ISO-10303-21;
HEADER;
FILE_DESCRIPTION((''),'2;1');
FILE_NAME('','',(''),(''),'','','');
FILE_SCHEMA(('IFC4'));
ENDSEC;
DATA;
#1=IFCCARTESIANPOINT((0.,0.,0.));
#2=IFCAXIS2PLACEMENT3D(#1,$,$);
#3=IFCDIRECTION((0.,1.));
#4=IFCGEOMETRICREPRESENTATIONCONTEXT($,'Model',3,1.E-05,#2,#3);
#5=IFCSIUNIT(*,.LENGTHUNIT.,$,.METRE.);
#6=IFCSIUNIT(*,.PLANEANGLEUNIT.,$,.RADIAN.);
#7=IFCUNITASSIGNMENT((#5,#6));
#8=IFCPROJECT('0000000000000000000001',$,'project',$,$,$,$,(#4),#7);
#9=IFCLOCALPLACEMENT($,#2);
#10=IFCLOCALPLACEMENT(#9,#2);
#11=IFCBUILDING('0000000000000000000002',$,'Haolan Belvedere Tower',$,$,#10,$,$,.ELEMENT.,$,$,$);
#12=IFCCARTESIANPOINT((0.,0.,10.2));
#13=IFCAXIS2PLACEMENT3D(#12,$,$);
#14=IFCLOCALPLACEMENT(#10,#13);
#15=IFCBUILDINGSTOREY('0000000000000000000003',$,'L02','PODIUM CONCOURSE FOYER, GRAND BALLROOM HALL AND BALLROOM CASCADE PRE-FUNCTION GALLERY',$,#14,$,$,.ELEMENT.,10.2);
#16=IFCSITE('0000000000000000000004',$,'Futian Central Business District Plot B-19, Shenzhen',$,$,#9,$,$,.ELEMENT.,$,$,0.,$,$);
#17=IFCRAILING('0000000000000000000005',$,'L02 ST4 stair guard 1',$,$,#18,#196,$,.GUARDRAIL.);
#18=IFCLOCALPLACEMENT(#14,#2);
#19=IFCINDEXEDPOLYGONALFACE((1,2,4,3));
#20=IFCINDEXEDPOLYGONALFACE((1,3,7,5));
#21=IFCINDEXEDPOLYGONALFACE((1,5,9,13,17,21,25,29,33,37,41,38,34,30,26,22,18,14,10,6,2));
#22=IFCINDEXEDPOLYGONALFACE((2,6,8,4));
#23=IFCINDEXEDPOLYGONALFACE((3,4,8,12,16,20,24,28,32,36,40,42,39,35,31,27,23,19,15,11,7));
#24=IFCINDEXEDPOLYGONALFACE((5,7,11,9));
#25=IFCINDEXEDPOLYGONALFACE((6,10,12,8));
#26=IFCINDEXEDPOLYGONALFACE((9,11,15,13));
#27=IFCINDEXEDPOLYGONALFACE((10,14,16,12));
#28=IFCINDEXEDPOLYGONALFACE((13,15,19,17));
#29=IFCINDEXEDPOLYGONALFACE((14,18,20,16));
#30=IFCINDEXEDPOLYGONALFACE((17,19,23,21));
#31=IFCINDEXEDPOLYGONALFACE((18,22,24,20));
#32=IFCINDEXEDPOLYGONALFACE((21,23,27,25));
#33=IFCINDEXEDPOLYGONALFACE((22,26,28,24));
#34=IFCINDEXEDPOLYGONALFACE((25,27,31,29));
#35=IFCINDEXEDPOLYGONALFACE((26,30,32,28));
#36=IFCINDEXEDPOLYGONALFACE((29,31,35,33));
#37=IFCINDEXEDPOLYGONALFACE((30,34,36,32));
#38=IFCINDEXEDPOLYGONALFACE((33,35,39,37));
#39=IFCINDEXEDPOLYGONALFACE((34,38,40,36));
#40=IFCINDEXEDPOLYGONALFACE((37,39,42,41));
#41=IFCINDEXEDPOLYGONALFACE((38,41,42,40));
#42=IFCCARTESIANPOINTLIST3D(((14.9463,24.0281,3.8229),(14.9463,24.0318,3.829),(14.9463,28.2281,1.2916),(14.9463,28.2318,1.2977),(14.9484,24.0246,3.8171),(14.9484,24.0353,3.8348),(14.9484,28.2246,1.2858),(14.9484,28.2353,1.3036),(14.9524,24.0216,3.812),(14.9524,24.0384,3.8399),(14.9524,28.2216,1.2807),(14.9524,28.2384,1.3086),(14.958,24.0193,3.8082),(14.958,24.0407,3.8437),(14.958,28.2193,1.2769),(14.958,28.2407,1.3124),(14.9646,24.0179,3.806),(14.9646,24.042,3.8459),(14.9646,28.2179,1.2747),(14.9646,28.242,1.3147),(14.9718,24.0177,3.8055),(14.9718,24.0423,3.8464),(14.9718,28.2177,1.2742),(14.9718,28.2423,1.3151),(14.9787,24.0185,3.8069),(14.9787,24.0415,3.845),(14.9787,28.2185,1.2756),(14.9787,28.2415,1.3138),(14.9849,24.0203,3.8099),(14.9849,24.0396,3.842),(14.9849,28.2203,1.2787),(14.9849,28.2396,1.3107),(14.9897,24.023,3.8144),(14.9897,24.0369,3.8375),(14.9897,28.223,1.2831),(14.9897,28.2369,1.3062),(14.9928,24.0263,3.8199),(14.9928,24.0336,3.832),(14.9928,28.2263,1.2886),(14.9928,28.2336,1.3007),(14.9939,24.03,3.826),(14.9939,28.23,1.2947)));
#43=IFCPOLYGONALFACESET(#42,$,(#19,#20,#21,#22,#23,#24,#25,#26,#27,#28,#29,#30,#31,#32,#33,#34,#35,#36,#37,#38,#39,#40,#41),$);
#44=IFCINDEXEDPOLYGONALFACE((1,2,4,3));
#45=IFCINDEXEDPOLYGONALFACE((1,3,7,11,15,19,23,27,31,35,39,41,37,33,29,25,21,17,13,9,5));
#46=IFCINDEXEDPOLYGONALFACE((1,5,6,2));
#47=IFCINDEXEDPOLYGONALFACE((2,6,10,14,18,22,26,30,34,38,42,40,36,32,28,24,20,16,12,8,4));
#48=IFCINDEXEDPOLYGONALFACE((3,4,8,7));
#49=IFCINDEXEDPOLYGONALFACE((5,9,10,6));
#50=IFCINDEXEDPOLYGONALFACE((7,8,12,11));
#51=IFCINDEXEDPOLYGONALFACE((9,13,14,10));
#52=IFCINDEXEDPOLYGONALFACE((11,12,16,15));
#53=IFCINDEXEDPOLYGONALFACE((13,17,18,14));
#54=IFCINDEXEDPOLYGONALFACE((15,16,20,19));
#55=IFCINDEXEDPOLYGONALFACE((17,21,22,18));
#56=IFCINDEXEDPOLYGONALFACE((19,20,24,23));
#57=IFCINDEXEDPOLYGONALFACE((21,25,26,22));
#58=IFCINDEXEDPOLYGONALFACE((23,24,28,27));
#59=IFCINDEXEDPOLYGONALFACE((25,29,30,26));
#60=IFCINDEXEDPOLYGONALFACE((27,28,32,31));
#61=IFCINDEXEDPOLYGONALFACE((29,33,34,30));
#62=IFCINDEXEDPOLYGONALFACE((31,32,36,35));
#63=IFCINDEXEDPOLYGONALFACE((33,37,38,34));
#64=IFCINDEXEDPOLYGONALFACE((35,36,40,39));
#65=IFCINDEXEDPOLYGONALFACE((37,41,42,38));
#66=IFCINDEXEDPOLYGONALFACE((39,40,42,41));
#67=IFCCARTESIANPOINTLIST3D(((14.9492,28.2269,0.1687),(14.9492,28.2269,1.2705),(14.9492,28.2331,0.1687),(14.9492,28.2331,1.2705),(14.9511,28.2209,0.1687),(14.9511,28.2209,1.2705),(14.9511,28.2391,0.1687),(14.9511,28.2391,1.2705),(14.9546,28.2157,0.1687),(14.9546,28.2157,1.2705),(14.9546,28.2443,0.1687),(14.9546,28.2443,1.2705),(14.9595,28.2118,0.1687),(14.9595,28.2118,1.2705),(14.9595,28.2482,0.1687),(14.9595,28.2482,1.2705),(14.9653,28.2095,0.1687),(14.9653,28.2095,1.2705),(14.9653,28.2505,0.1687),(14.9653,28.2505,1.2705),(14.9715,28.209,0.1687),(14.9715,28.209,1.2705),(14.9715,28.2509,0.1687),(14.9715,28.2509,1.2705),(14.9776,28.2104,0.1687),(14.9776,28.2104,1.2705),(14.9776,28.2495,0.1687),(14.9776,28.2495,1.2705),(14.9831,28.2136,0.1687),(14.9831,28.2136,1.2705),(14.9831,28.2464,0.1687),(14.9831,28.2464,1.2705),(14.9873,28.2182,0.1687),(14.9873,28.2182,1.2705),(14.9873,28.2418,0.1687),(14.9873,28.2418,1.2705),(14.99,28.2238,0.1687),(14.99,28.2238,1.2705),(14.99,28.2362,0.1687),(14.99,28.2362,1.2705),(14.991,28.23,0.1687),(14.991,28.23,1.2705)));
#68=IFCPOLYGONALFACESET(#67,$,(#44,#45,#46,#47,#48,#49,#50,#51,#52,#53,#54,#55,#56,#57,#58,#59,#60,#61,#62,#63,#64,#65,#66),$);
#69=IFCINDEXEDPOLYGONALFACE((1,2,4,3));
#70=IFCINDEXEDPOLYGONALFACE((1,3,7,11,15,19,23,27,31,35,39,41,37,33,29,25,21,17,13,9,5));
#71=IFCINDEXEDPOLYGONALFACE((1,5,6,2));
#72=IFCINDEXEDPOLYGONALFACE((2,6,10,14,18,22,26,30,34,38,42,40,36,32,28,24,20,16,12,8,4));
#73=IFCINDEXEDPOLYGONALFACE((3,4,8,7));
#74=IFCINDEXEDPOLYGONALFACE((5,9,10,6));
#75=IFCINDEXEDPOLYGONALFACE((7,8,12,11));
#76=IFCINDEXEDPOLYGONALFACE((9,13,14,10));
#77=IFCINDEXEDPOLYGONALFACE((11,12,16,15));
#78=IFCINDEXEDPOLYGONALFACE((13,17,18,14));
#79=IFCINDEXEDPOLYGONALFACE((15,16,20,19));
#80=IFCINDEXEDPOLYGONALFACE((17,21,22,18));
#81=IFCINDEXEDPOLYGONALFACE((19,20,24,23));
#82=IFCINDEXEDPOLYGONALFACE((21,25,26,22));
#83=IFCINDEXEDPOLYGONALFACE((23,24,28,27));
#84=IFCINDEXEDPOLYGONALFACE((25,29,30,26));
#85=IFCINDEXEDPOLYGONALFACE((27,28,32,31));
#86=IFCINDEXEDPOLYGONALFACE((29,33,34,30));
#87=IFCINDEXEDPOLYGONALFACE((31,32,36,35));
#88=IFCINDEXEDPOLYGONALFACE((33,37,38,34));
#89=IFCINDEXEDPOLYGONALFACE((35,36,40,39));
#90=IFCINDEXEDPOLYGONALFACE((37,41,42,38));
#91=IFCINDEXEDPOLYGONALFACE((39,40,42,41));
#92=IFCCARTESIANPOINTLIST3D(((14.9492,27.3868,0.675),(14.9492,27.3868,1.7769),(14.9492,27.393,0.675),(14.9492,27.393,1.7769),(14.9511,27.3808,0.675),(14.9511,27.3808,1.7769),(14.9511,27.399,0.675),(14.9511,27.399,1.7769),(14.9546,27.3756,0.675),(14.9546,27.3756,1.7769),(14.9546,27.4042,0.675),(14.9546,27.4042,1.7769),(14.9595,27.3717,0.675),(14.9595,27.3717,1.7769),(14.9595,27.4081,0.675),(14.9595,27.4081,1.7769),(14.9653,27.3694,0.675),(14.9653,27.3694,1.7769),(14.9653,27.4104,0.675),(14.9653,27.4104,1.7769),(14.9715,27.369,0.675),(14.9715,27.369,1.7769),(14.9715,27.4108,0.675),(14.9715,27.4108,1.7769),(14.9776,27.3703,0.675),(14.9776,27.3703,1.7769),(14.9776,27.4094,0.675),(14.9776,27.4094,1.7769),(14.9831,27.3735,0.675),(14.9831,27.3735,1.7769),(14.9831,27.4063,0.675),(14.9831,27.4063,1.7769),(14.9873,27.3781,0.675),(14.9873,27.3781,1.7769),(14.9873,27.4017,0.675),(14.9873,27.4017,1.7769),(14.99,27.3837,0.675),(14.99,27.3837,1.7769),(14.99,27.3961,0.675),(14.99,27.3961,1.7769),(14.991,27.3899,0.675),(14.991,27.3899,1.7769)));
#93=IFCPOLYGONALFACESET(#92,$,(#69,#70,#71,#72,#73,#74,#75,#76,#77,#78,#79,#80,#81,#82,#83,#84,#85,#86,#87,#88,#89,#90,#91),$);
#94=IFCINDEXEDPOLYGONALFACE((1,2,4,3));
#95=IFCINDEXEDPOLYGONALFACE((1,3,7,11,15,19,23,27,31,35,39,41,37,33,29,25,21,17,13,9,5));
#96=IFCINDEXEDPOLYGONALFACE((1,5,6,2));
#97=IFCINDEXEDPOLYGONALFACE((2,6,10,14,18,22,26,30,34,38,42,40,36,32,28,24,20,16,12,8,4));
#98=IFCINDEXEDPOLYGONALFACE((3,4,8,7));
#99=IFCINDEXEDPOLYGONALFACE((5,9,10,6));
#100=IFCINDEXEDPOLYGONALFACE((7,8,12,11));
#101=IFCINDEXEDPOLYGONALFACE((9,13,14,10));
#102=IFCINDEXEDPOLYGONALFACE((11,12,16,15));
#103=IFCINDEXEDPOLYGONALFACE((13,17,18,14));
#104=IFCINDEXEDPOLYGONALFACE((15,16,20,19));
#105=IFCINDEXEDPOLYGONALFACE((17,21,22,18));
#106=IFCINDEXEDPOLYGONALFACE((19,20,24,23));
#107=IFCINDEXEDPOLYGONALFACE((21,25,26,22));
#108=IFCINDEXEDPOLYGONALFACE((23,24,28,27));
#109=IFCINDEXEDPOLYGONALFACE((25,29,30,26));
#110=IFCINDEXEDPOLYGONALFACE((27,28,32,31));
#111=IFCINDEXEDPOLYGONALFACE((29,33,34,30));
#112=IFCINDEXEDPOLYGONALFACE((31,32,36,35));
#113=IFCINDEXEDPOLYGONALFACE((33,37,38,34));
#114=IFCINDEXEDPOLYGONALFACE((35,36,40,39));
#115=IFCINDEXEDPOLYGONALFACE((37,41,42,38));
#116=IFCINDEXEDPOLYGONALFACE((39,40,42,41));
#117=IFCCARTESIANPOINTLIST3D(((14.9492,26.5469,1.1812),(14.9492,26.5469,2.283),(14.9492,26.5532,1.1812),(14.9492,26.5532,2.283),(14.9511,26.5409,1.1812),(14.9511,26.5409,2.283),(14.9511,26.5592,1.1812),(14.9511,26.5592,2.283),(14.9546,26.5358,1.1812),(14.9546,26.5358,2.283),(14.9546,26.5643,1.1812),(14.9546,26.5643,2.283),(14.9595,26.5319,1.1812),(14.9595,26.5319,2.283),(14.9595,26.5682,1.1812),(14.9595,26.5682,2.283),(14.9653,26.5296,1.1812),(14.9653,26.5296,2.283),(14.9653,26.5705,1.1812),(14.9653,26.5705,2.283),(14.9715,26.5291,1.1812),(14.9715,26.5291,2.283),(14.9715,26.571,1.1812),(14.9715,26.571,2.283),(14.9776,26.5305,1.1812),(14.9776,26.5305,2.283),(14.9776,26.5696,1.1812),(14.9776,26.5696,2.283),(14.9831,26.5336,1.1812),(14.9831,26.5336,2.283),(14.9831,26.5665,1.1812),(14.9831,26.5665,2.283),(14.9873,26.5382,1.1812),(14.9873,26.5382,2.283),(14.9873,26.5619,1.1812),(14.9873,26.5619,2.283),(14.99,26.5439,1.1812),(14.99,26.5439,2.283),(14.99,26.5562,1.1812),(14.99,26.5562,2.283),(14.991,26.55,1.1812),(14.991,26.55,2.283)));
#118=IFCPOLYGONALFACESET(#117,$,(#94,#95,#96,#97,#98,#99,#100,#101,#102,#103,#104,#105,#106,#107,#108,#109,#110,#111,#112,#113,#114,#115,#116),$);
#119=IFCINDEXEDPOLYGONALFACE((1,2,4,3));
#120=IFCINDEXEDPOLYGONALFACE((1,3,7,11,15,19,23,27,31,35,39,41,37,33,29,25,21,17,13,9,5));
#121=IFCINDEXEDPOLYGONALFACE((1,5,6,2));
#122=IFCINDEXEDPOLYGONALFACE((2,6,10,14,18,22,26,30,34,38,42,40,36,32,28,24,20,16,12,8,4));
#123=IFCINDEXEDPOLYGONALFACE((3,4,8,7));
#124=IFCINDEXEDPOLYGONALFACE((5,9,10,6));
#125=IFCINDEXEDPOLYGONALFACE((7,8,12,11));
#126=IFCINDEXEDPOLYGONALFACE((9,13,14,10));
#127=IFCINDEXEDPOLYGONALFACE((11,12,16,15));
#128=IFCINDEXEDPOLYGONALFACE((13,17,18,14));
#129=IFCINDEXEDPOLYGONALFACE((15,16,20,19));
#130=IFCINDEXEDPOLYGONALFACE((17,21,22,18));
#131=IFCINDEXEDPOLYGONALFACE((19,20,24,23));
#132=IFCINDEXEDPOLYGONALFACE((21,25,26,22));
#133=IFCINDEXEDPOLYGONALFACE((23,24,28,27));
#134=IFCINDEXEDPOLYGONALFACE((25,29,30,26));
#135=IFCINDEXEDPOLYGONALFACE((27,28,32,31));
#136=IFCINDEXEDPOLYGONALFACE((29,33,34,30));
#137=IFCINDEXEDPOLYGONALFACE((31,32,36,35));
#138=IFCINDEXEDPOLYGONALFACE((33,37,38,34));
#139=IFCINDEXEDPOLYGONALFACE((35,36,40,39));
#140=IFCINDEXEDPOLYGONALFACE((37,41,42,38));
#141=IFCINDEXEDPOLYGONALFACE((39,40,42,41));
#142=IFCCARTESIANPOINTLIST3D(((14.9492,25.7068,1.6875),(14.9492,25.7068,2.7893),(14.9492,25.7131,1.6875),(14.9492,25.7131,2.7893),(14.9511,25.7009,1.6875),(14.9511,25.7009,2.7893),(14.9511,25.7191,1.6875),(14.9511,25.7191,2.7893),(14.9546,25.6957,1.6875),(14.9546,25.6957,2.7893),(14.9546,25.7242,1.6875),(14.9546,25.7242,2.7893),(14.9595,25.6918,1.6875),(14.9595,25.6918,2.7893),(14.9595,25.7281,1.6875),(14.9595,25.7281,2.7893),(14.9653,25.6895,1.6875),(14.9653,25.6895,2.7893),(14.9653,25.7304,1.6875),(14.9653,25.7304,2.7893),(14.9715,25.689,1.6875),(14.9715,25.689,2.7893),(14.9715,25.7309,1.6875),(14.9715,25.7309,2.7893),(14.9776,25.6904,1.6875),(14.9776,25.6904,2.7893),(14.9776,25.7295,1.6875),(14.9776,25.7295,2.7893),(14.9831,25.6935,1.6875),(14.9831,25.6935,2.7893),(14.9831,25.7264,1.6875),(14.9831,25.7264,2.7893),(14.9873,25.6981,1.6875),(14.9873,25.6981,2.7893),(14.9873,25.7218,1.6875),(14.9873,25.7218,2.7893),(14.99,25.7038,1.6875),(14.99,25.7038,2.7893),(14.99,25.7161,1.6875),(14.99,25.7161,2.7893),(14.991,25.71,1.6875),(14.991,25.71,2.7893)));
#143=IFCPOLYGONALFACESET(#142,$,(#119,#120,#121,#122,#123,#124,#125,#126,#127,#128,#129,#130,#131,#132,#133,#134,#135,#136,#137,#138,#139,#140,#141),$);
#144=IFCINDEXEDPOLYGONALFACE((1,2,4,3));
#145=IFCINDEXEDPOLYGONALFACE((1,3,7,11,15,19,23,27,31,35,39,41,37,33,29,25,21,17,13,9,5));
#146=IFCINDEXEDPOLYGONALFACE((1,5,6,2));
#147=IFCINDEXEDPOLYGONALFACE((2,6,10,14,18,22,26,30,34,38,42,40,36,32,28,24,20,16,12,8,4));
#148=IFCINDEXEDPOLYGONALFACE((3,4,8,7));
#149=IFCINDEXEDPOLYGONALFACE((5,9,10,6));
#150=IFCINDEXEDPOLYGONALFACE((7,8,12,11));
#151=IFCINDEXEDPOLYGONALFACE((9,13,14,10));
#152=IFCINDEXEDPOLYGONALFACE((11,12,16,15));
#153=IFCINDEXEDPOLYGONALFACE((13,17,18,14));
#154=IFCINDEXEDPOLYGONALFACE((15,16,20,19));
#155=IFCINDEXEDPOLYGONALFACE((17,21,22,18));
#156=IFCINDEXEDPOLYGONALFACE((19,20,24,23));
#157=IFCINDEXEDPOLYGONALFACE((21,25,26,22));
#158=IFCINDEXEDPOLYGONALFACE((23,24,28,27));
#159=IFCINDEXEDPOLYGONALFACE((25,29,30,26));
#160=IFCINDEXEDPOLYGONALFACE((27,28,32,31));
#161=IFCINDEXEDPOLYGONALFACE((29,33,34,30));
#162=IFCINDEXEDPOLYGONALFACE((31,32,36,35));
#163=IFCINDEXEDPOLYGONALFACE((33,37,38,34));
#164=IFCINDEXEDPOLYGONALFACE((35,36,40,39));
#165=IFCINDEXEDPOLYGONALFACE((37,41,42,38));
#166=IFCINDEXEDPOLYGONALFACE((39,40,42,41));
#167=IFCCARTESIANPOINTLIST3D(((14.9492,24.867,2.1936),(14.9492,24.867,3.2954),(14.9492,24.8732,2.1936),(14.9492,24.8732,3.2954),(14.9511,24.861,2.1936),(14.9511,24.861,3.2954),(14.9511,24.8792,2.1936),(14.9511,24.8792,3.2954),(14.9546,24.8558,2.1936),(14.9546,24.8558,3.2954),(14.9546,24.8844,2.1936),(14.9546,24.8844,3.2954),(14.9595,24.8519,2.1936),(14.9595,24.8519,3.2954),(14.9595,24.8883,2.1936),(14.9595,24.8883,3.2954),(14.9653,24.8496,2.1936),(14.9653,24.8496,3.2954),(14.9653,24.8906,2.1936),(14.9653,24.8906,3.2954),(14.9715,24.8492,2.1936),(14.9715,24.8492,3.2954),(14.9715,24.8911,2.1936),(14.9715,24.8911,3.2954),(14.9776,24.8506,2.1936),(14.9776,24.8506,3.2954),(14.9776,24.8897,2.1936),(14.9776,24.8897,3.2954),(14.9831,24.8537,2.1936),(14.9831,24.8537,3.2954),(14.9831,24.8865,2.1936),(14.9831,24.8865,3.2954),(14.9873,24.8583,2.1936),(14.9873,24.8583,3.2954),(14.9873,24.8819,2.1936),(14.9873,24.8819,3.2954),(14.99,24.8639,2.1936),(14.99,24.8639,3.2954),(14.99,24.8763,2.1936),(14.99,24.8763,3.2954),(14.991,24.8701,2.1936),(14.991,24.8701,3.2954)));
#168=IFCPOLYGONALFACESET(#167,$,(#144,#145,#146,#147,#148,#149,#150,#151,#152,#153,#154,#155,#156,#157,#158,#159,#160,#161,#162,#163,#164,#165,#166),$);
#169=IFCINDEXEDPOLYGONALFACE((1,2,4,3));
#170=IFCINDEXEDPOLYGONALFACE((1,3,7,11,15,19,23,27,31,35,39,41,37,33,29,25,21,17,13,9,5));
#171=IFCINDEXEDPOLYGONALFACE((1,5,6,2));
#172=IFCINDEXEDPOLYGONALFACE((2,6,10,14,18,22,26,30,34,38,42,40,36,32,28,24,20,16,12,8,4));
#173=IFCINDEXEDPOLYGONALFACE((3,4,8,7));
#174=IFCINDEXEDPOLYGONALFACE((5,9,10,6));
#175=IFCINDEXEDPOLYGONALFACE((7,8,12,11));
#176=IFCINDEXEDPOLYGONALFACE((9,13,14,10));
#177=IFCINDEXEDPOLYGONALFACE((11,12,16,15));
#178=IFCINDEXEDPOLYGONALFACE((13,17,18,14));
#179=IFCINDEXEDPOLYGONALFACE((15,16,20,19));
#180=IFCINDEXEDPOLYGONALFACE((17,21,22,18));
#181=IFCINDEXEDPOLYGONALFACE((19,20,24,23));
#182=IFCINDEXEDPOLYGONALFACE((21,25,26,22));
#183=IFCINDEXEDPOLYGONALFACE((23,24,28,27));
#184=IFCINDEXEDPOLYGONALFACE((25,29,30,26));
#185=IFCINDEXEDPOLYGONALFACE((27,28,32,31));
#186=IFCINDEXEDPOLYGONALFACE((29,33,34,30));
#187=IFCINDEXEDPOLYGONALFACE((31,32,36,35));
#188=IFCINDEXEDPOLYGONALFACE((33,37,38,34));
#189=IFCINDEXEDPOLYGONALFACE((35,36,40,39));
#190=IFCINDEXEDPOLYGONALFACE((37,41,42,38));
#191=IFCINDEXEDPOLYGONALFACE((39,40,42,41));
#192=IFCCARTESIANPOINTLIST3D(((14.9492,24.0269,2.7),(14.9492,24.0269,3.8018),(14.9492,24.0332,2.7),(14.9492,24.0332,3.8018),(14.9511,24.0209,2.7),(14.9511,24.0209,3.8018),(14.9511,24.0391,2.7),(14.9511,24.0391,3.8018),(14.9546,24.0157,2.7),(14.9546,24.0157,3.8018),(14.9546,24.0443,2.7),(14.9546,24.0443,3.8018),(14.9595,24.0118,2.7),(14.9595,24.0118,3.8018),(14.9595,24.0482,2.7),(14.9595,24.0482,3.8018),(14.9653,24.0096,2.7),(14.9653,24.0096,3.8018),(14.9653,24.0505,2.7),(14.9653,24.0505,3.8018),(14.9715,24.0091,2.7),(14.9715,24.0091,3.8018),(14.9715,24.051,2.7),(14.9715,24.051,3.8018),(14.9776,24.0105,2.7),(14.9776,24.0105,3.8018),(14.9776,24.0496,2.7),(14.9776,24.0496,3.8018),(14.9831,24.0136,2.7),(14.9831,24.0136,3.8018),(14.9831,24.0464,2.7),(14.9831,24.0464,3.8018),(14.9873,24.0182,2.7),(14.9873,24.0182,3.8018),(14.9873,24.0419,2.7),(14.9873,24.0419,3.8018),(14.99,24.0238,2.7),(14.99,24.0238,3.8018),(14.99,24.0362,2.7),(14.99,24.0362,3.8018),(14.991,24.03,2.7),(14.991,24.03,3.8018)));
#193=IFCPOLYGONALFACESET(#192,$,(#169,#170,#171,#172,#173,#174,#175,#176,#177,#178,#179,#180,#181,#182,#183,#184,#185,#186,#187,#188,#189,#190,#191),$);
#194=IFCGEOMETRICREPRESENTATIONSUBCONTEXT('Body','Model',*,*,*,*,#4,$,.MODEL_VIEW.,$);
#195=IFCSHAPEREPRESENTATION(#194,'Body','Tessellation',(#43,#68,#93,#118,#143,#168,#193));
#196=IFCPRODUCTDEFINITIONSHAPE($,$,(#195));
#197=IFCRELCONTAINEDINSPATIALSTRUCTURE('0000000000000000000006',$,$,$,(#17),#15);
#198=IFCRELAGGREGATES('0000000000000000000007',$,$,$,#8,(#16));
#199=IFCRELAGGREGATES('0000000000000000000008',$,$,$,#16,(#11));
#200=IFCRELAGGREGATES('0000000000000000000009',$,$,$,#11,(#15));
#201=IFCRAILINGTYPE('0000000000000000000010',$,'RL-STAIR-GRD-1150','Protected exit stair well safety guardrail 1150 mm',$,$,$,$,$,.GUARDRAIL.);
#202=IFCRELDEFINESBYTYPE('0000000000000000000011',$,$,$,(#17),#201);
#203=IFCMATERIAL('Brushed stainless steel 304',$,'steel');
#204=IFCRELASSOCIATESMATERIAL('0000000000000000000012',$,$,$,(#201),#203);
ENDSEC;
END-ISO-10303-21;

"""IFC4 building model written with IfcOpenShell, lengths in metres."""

from ifc_helpers import new_model, si_unit, direction, frame, origin, origin_2d, place, context, subcontext, project, spatial, circle, extrude, material, type_object, element, save


model = new_model("IFC4")

# Units and contexts
model_context = context("Model", 3, precision=1e-05, world=origin(), true_north=direction((0.0, 1.0)))
body_context = subcontext(model_context, "Body", "Model", "MODEL_VIEW")
ifc_project = project(units=[si_unit("LENGTHUNIT", "METRE"), si_unit("PLANEANGLEUNIT", "RADIAN")], contexts=[model_context])

# Site, building, storey
site_placement = place(None, origin())
site = spatial("IfcSite", under=ifc_project, at=site_placement, Name="Futian Central Business District Plot B-19, Shenzhen", CompositionType="ELEMENT", RefElevation=0.0)
building_placement = place(site_placement, origin())
building = spatial("IfcBuilding", under=site, at=building_placement, Name="Haolan Belvedere Tower", CompositionType="ELEMENT")
storey_placement = place(building_placement, frame((0.0, 0.0, 10.2)))
storey = spatial("IfcBuildingStorey", under=building, at=storey_placement, Name="L02", Description="PODIUM CONCOURSE FOYER, GRAND BALLROOM HALL AND BALLROOM CASCADE PRE-FUNCTION GALLERY", CompositionType="ELEMENT", Elevation=10.2)

# Railing
ifc_material_1 = material(Name="Brushed stainless steel 304", Category="steel")
railing_type_1 = type_object("IfcRailingType", Name="RL-STAIR-GRD-1150", Description="Protected exit stair well safety guardrail 1150 mm", PredefinedType="GUARDRAIL", material=ifc_material_1)
railing_1_placement = place(storey_placement, frame((14.97, 28.23, 0.1687)))
element("IfcRailing", 1, at=railing_1_placement, inside=storey, type_object=railing_type_1, Name="L02 ST4 stair guard 1", PredefinedType="GUARDRAIL", context=body_context, shape_type="SweptSolid", body=[
    extrude(circle(Radius=0.0239, at=origin_2d()), frame((0.0, 0.0, 1.126), z_axis=(0.0, -0.856476, 0.516186), x_axis=(1.0, 0.0, 0.0)), (0.0, 0.0, 1.0), 4.9038),
    extrude(circle(Radius=0.021, at=origin_2d()), origin(), (0.0, 0.0, 1.0), 1.1018),
    extrude(circle(Radius=0.021, at=origin_2d()), frame((0.0, -0.8401, 0.5063)), (0.0, 0.0, 1.0), 1.1018),
    extrude(circle(Radius=0.021, at=origin_2d()), frame((0.0, -1.6799, 1.0125)), (0.0, 0.0, 1.0), 1.1018),
    extrude(circle(Radius=0.021, at=origin_2d()), frame((0.0, -2.52, 1.5188)), (0.0, 0.0, 1.0), 1.1018),
    extrude(circle(Radius=0.021, at=origin_2d()), frame((0.0, -3.3599, 2.0249)), (0.0, 0.0, 1.0), 1.1018),
    extrude(circle(Radius=0.021, at=origin_2d()), frame((0.0, -4.2, 2.5312)), (0.0, 0.0, 1.0), 1.1018),
])

save(model, "model.ifc")
